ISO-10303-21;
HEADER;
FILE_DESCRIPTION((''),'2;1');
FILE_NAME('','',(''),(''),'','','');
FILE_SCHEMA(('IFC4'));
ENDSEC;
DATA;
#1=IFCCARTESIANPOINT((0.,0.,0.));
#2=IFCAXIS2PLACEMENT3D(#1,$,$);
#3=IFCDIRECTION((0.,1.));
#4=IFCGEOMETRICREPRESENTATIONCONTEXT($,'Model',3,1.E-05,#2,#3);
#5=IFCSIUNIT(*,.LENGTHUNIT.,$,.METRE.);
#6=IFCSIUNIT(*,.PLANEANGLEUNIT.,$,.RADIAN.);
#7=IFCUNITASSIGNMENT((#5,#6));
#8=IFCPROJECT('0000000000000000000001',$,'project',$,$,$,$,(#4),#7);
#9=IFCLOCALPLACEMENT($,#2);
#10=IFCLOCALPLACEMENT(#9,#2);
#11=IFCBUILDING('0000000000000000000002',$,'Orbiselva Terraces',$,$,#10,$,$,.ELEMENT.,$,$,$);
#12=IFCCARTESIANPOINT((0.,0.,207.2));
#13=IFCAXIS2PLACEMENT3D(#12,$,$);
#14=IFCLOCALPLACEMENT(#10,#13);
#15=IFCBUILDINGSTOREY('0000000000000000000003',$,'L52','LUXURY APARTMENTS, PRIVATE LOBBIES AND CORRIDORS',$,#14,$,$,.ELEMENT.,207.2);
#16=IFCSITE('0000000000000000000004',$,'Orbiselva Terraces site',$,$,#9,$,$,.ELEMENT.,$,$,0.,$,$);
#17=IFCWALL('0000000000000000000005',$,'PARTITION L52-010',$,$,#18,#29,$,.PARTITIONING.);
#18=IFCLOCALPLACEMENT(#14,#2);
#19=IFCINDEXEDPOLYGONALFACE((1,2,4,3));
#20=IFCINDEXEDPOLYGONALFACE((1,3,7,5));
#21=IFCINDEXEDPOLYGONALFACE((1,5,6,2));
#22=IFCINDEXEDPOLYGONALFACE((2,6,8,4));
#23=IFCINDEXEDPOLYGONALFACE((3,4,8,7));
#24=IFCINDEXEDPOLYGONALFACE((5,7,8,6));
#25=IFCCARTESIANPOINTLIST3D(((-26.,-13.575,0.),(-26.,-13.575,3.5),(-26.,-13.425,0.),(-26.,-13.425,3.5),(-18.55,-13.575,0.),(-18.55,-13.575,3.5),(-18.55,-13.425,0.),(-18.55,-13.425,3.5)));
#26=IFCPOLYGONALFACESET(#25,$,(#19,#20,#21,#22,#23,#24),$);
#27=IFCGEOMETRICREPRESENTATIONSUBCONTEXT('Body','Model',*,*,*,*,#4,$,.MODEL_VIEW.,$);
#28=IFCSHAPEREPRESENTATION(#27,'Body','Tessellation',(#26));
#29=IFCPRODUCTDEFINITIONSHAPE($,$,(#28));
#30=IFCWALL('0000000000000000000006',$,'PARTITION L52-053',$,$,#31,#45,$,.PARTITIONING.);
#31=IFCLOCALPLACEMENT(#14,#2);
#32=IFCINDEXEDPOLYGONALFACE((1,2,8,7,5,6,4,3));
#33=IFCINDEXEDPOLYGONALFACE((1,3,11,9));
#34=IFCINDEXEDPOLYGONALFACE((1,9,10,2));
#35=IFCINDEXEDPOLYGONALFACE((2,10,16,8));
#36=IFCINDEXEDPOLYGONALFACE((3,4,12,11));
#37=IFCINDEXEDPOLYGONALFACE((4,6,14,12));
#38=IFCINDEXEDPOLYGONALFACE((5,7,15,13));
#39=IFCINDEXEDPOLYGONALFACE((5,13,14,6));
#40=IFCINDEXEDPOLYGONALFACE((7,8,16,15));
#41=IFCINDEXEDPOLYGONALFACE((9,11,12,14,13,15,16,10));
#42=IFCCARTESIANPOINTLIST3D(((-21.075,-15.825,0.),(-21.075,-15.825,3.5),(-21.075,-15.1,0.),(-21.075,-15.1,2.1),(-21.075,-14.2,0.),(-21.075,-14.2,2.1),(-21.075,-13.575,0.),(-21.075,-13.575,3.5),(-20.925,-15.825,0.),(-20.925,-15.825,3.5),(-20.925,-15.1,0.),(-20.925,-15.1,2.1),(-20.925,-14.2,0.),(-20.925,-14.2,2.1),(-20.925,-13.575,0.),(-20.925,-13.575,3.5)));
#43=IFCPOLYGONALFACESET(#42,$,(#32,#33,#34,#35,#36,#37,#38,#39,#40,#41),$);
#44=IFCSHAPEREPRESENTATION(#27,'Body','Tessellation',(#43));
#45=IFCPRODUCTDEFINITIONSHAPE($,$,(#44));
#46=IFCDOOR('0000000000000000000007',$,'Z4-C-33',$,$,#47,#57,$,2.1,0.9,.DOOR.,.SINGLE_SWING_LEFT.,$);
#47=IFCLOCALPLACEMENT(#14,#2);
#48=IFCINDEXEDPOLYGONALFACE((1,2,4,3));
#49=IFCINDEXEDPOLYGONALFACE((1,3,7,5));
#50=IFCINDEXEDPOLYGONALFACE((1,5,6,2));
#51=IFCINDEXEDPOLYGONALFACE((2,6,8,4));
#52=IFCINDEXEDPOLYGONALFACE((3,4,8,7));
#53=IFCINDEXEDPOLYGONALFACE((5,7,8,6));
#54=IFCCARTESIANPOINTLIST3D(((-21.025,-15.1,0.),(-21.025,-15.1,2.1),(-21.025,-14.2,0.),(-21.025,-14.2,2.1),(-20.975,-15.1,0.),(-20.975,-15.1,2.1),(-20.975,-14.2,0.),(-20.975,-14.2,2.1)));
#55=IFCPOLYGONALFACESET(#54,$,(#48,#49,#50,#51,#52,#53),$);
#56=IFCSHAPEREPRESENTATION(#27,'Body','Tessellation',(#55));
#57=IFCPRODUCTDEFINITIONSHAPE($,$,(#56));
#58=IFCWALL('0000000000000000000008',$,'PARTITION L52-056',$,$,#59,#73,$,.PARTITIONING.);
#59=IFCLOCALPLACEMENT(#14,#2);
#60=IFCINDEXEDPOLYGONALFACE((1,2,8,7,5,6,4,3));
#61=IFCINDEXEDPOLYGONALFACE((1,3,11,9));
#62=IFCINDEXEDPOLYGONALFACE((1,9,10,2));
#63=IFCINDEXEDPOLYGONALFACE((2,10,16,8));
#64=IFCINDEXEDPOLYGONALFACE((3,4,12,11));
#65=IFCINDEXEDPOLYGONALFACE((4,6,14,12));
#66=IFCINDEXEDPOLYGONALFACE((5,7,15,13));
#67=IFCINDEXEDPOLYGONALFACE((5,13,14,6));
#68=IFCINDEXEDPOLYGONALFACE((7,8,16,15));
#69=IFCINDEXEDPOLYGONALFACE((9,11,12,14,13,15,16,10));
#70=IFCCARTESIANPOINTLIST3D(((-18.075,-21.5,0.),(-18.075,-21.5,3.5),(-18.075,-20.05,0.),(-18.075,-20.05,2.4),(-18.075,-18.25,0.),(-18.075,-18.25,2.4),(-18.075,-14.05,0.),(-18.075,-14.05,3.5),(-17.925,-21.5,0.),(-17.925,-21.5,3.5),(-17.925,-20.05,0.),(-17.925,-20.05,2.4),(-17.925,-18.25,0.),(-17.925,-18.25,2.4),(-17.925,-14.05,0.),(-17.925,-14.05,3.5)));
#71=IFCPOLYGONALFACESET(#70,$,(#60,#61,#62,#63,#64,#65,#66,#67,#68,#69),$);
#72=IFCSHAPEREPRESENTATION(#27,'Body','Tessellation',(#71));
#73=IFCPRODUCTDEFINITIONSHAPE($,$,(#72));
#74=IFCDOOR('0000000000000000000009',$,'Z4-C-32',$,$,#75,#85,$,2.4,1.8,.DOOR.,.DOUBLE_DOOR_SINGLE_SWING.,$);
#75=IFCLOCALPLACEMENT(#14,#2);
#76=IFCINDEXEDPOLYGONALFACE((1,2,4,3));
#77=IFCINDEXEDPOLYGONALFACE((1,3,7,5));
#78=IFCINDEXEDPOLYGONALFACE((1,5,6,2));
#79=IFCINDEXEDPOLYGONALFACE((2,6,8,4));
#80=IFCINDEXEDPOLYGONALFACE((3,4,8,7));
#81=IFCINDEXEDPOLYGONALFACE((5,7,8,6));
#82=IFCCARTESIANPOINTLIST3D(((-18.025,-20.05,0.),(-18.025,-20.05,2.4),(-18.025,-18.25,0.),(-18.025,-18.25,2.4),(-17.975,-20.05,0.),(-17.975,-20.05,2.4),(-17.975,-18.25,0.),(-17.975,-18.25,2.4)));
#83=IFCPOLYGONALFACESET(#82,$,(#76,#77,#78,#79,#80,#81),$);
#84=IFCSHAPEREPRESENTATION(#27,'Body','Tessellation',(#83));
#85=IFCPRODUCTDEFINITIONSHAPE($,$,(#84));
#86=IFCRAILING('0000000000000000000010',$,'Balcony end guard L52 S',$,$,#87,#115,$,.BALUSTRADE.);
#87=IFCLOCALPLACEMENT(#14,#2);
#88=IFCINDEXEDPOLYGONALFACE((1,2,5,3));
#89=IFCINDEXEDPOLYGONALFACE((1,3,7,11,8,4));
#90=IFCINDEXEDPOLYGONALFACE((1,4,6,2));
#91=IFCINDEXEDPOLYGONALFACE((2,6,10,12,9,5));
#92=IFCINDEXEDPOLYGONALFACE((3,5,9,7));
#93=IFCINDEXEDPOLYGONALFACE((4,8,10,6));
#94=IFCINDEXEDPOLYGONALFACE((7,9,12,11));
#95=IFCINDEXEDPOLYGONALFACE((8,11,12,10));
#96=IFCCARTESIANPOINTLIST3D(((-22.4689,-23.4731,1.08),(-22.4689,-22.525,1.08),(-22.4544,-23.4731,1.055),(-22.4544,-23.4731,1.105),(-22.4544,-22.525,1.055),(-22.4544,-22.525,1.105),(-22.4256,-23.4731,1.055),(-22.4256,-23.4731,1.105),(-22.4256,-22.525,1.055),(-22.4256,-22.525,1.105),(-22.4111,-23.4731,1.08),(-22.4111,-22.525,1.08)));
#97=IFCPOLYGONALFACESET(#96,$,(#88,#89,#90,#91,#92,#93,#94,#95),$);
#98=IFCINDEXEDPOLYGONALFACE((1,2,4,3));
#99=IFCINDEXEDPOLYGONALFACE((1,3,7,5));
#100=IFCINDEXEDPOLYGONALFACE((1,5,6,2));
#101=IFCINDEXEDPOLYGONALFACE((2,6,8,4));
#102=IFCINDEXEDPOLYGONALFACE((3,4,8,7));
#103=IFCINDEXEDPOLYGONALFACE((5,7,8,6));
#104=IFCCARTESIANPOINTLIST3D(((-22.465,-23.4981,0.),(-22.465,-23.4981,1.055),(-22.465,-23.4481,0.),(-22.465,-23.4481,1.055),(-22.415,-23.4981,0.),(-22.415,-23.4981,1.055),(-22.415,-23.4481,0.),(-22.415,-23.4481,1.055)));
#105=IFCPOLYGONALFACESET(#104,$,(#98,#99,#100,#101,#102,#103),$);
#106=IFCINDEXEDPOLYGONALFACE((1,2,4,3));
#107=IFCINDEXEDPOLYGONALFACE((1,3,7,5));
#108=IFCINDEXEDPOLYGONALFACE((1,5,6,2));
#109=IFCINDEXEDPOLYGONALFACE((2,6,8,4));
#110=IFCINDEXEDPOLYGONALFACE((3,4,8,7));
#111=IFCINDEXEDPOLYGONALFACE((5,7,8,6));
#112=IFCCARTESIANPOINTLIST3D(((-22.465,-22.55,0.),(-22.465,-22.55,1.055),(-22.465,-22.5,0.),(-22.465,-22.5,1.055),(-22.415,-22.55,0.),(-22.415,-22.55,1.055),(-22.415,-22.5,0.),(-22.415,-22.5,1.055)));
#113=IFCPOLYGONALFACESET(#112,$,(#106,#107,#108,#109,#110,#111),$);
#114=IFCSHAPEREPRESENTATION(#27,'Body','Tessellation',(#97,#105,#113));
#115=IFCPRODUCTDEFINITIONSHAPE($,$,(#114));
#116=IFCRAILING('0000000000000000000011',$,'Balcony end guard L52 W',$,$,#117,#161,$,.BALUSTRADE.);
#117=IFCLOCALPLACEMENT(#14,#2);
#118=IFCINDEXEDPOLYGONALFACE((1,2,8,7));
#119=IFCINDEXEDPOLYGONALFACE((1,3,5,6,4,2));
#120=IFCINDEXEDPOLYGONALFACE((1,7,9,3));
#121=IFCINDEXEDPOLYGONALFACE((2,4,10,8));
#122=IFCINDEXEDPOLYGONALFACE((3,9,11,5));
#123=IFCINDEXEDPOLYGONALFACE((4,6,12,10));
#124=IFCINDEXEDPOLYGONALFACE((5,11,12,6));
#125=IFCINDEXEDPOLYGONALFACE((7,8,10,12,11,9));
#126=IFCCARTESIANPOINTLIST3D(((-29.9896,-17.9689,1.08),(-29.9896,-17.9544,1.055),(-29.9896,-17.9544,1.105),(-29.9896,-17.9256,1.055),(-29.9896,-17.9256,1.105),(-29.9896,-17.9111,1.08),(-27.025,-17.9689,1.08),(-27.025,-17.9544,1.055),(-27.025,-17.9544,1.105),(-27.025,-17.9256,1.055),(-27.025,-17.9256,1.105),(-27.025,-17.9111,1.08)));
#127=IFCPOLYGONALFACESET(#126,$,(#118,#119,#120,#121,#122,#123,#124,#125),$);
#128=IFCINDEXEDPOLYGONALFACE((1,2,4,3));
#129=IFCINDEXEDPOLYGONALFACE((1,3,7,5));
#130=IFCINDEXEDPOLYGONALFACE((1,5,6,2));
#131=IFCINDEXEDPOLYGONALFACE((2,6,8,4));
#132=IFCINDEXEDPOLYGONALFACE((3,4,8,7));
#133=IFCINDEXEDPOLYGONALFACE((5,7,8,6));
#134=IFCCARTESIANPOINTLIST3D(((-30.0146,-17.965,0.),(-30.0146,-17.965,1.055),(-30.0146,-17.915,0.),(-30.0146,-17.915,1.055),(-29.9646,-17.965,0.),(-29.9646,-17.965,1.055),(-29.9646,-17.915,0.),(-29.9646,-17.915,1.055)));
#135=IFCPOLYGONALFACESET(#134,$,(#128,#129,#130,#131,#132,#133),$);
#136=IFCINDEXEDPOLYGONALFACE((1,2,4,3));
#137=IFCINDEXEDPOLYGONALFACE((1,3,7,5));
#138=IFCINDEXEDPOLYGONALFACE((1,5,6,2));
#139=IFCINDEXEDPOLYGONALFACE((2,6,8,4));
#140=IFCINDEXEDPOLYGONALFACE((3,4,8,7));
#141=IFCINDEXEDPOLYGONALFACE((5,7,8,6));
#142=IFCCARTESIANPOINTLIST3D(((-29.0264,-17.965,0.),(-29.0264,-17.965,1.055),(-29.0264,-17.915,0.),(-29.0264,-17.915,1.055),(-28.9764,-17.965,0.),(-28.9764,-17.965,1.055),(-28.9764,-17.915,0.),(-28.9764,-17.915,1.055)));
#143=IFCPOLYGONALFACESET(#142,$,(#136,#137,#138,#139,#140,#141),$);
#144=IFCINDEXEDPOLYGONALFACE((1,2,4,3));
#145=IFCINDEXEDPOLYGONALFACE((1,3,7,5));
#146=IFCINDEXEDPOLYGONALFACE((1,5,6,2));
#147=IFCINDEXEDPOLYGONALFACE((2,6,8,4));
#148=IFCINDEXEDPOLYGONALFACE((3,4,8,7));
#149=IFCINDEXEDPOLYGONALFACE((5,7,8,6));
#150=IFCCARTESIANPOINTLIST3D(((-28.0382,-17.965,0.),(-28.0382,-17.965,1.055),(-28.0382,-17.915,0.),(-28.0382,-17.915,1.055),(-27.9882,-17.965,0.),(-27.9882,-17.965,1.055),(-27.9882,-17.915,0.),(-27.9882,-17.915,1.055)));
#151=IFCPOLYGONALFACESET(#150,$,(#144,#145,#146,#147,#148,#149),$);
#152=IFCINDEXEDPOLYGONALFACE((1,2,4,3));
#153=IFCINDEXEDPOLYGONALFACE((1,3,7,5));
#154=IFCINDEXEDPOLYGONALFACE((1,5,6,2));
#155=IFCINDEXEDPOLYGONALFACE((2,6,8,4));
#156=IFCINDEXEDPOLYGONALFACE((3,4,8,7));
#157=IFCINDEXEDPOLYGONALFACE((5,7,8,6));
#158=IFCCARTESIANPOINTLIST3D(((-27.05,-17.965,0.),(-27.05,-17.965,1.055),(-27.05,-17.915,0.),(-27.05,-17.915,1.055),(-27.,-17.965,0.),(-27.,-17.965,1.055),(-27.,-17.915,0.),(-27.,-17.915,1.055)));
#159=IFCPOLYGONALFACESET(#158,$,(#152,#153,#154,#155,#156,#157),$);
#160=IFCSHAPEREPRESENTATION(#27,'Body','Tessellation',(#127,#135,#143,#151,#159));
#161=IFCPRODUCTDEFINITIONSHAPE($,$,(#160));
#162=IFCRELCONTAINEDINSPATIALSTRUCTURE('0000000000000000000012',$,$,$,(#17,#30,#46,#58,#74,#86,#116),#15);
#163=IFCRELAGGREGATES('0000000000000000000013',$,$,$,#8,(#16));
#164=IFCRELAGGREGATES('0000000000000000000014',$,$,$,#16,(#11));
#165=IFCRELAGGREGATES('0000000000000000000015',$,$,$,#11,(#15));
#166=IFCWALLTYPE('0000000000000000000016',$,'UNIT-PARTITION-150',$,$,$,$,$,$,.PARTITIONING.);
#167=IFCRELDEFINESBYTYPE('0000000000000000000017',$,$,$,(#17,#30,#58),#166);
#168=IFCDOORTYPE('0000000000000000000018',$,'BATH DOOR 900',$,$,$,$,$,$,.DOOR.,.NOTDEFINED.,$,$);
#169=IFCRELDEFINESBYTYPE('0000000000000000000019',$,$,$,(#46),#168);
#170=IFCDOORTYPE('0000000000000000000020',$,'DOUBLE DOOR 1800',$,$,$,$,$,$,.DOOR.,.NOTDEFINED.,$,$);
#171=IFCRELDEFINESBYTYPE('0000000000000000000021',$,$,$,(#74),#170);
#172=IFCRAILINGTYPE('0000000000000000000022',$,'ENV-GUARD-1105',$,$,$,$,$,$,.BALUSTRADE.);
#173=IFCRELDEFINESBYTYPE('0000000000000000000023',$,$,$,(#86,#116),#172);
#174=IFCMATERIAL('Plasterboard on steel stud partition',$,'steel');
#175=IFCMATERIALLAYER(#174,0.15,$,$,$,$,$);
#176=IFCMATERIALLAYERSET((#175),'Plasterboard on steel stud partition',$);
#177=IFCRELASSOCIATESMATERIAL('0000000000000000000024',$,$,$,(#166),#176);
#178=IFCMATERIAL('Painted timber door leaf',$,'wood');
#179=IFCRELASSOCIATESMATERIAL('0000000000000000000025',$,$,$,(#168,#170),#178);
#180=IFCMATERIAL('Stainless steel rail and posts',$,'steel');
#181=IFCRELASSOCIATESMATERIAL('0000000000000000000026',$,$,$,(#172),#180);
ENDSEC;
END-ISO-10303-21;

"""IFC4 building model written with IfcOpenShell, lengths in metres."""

from ifc_helpers import new_model, si_unit, direction, frame, frame_2d, origin, origin_2d, place, context, subcontext, project, spatial, polyline, rectangle, outline, extrude, material, layer, layer_set, type_object, element, fill, save


model = new_model("IFC4")

# Units and contexts
model_context = context("Model", 3, precision=1e-05, world=origin(), true_north=direction((0.0, 1.0)))
body_context = subcontext(model_context, "Body", "Model", "MODEL_VIEW")
ifc_project = project(units=[si_unit("LENGTHUNIT", "METRE"), si_unit("PLANEANGLEUNIT", "RADIAN")], contexts=[model_context])

# Site, building, storey
site_placement = place(None, origin())
site = spatial("IfcSite", under=ifc_project, at=site_placement, Name="Orbiselva Terraces site", CompositionType="ELEMENT", RefElevation=0.0)
building_placement = place(site_placement, origin())
building = spatial("IfcBuilding", under=site, at=building_placement, Name="Orbiselva Terraces", CompositionType="ELEMENT")
storey_placement = place(building_placement, frame((0.0, 0.0, 207.2)))
storey = spatial("IfcBuildingStorey", under=building, at=storey_placement, Name="L52", Description="LUXURY APARTMENTS, PRIVATE LOBBIES AND CORRIDORS", CompositionType="ELEMENT", Elevation=207.2)

# Wall
ifc_material_1 = material(Name="Plasterboard on steel stud partition", Category="steel")
ifc_layer_1 = layer(ifc_material_1, 0.15)
ifc_layer_set_1 = layer_set([ifc_layer_1], Name="Plasterboard on steel stud partition")
wall_type_1 = type_object("IfcWallType", Name="UNIT-PARTITION-150", PredefinedType="PARTITIONING", material=ifc_layer_set_1)
wall_1_placement = place(storey_placement, frame((-26.0, -13.5, 0.0), z_axis=(0.0, 0.0, 1.0), x_axis=(1.0, 0.0, 0.0)))
element("IfcWall", 1, at=wall_1_placement, inside=storey, type_object=wall_type_1, Name="PARTITION L52-010", PredefinedType="PARTITIONING", context=body_context, shape_type="SweptSolid", body=[
    extrude(rectangle(XDim=7.45, YDim=0.15, at=frame_2d((3.725, 0.0))), origin(), (0.0, 0.0, 1.0), 3.5),
])

# Walls, openings, doors
wall_2_placement = place(storey_placement, frame((-21.0, -13.575, 0.0), z_axis=(0.0, 0.0, 1.0), x_axis=(0.0, -1.0, 0.0)))
wall_2 = element("IfcWall", 2, at=wall_2_placement, inside=storey, type_object=wall_type_1, Name="PARTITION L52-053", PredefinedType="PARTITIONING", context=body_context, shape_type="SweptSolid", body=[
    extrude(rectangle(XDim=2.25, YDim=0.15, at=frame_2d((1.125, 0.0))), origin(), (0.0, 0.0, 1.0), 3.5),
])
opening_1_placement = place(wall_2_placement, frame((0.625, 0.0, 0.0)))
opening_1 = element("IfcOpeningElement", 3, at=opening_1_placement, cuts=wall_2, PredefinedType="OPENING", context=body_context, shape_type="SweptSolid", body=[
    extrude(rectangle(XDim=0.9, YDim=2.1, at=frame_2d((0.45, 1.05))), frame((0.0, 0.085, 0.0), z_axis=(0.0, -1.0, 0.0), x_axis=(1.0, 0.0, 0.0)), (0.0, 0.0, 1.0), 0.17),
])
ifc_material_2 = material(Name="Painted timber door leaf", Category="wood")
door_type_1 = type_object("IfcDoorType", Name="BATH DOOR 900", OperationType="NOTDEFINED", PredefinedType="DOOR", material=ifc_material_2)
door_1_placement = place(opening_1_placement, origin())
door_1 = element("IfcDoor", 4, at=door_1_placement, inside=storey, type_object=door_type_1, Name="Z4-C-33", OperationType="SINGLE_SWING_LEFT", OverallHeight=2.1, OverallWidth=0.9, PredefinedType="DOOR", context=body_context, shape_type="SweptSolid", body=[
    extrude(rectangle(XDim=0.9, YDim=2.1, at=frame_2d((0.45, 1.05))), frame((0.0, 0.025, 0.0), z_axis=(0.0, -1.0, 0.0), x_axis=(1.0, 0.0, 0.0)), (0.0, 0.0, 1.0), 0.05),
])
fill(opening_1, door_1)
wall_3_placement = place(storey_placement, frame((-18.0, -21.5, 0.0), z_axis=(0.0, 0.0, 1.0), x_axis=(0.0, 1.0, 0.0)))
wall_3 = element("IfcWall", 5, at=wall_3_placement, inside=storey, type_object=wall_type_1, Name="PARTITION L52-056", PredefinedType="PARTITIONING", context=body_context, shape_type="SweptSolid", body=[
    extrude(rectangle(XDim=7.45, YDim=0.15, at=frame_2d((3.725, 0.0))), origin(), (0.0, 0.0, 1.0), 3.5),
])
opening_2_placement = place(wall_3_placement, frame((1.45, 0.0, 0.0)))
opening_2 = element("IfcOpeningElement", 6, at=opening_2_placement, cuts=wall_3, PredefinedType="OPENING", context=body_context, shape_type="SweptSolid", body=[
    extrude(rectangle(XDim=1.8, YDim=2.4, at=frame_2d((0.9, 1.2))), frame((0.0, 0.085, 0.0), z_axis=(0.0, -1.0, 0.0), x_axis=(1.0, 0.0, 0.0)), (0.0, 0.0, 1.0), 0.17),
])
door_type_2 = type_object("IfcDoorType", Name="DOUBLE DOOR 1800", OperationType="NOTDEFINED", PredefinedType="DOOR", material=ifc_material_2)
door_2_placement = place(opening_2_placement, origin())
door_2 = element("IfcDoor", 7, at=door_2_placement, inside=storey, type_object=door_type_2, Name="Z4-C-32", OperationType="DOUBLE_DOOR_SINGLE_SWING", OverallHeight=2.4, OverallWidth=1.8, PredefinedType="DOOR", context=body_context, shape_type="SweptSolid", body=[
    extrude(rectangle(XDim=1.8, YDim=2.4, at=frame_2d((0.9, 1.2))), frame((0.0, 0.025, 0.0), z_axis=(0.0, -1.0, 0.0), x_axis=(1.0, 0.0, 0.0)), (0.0, 0.0, 1.0), 0.05),
])
fill(opening_2, door_2)

# Railings
ifc_material_3 = material(Name="Stainless steel rail and posts", Category="steel")
railing_type_1 = type_object("IfcRailingType", Name="ENV-GUARD-1105", PredefinedType="BALUSTRADE", material=ifc_material_3)
railing_1_placement = place(storey_placement, frame((-22.44, -23.4731, 0.0)))
element("IfcRailing", 8, at=railing_1_placement, inside=storey, type_object=railing_type_1, Name="Balcony end guard L52 S", PredefinedType="BALUSTRADE", context=body_context, shape_type="SweptSolid", body=[
    extrude(outline(polyline([(0.0289, 0.0), (0.0144, 0.025), (-0.0144, 0.025), (-0.0289, 0.0), (-0.0144, -0.025), (0.0144, -0.025), (0.0289, 0.0)])), frame((0.0, 0.0, 1.08), z_axis=(0.0, 1.0, 0.0), x_axis=(-1.0, 0.0, 0.0)), (0.0, 0.0, 1.0), 0.9481),
    extrude(rectangle(XDim=0.05, YDim=0.05, at=origin_2d()), origin(), (0.0, 0.0, 1.0), 1.055),
    extrude(rectangle(XDim=0.05, YDim=0.05, at=origin_2d()), frame((0.0, 0.9481, 0.0)), (0.0, 0.0, 1.0), 1.055),
])
railing_2_placement = place(storey_placement, frame((-29.9896, -17.94, 0.0)))
element("IfcRailing", 9, at=railing_2_placement, inside=storey, type_object=railing_type_1, Name="Balcony end guard L52 W", PredefinedType="BALUSTRADE", context=body_context, shape_type="SweptSolid", body=[
    extrude(outline(polyline([(0.0289, 0.0), (0.0144, 0.025), (-0.0144, 0.025), (-0.0289, 0.0), (-0.0144, -0.025), (0.0144, -0.025), (0.0289, 0.0)])), frame((0.0, 0.0, 1.08), z_axis=(1.0, 0.0, 0.0), x_axis=(0.0, 1.0, 0.0)), (0.0, 0.0, 1.0), 2.9646),
    extrude(rectangle(XDim=0.05, YDim=0.05, at=origin_2d()), origin(), (0.0, 0.0, 1.0), 1.055),
    extrude(rectangle(XDim=0.05, YDim=0.05, at=origin_2d()), frame((0.9882, 0.0, 0.0)), (0.0, 0.0, 1.0), 1.055),
    extrude(rectangle(XDim=0.05, YDim=0.05, at=origin_2d()), frame((1.9764, 0.0, 0.0)), (0.0, 0.0, 1.0), 1.055),
    extrude(rectangle(XDim=0.05, YDim=0.05, at=origin_2d()), frame((2.9646, 0.0, 0.0)), (0.0, 0.0, 1.0), 1.055),
])

save(model, "model.ifc")
